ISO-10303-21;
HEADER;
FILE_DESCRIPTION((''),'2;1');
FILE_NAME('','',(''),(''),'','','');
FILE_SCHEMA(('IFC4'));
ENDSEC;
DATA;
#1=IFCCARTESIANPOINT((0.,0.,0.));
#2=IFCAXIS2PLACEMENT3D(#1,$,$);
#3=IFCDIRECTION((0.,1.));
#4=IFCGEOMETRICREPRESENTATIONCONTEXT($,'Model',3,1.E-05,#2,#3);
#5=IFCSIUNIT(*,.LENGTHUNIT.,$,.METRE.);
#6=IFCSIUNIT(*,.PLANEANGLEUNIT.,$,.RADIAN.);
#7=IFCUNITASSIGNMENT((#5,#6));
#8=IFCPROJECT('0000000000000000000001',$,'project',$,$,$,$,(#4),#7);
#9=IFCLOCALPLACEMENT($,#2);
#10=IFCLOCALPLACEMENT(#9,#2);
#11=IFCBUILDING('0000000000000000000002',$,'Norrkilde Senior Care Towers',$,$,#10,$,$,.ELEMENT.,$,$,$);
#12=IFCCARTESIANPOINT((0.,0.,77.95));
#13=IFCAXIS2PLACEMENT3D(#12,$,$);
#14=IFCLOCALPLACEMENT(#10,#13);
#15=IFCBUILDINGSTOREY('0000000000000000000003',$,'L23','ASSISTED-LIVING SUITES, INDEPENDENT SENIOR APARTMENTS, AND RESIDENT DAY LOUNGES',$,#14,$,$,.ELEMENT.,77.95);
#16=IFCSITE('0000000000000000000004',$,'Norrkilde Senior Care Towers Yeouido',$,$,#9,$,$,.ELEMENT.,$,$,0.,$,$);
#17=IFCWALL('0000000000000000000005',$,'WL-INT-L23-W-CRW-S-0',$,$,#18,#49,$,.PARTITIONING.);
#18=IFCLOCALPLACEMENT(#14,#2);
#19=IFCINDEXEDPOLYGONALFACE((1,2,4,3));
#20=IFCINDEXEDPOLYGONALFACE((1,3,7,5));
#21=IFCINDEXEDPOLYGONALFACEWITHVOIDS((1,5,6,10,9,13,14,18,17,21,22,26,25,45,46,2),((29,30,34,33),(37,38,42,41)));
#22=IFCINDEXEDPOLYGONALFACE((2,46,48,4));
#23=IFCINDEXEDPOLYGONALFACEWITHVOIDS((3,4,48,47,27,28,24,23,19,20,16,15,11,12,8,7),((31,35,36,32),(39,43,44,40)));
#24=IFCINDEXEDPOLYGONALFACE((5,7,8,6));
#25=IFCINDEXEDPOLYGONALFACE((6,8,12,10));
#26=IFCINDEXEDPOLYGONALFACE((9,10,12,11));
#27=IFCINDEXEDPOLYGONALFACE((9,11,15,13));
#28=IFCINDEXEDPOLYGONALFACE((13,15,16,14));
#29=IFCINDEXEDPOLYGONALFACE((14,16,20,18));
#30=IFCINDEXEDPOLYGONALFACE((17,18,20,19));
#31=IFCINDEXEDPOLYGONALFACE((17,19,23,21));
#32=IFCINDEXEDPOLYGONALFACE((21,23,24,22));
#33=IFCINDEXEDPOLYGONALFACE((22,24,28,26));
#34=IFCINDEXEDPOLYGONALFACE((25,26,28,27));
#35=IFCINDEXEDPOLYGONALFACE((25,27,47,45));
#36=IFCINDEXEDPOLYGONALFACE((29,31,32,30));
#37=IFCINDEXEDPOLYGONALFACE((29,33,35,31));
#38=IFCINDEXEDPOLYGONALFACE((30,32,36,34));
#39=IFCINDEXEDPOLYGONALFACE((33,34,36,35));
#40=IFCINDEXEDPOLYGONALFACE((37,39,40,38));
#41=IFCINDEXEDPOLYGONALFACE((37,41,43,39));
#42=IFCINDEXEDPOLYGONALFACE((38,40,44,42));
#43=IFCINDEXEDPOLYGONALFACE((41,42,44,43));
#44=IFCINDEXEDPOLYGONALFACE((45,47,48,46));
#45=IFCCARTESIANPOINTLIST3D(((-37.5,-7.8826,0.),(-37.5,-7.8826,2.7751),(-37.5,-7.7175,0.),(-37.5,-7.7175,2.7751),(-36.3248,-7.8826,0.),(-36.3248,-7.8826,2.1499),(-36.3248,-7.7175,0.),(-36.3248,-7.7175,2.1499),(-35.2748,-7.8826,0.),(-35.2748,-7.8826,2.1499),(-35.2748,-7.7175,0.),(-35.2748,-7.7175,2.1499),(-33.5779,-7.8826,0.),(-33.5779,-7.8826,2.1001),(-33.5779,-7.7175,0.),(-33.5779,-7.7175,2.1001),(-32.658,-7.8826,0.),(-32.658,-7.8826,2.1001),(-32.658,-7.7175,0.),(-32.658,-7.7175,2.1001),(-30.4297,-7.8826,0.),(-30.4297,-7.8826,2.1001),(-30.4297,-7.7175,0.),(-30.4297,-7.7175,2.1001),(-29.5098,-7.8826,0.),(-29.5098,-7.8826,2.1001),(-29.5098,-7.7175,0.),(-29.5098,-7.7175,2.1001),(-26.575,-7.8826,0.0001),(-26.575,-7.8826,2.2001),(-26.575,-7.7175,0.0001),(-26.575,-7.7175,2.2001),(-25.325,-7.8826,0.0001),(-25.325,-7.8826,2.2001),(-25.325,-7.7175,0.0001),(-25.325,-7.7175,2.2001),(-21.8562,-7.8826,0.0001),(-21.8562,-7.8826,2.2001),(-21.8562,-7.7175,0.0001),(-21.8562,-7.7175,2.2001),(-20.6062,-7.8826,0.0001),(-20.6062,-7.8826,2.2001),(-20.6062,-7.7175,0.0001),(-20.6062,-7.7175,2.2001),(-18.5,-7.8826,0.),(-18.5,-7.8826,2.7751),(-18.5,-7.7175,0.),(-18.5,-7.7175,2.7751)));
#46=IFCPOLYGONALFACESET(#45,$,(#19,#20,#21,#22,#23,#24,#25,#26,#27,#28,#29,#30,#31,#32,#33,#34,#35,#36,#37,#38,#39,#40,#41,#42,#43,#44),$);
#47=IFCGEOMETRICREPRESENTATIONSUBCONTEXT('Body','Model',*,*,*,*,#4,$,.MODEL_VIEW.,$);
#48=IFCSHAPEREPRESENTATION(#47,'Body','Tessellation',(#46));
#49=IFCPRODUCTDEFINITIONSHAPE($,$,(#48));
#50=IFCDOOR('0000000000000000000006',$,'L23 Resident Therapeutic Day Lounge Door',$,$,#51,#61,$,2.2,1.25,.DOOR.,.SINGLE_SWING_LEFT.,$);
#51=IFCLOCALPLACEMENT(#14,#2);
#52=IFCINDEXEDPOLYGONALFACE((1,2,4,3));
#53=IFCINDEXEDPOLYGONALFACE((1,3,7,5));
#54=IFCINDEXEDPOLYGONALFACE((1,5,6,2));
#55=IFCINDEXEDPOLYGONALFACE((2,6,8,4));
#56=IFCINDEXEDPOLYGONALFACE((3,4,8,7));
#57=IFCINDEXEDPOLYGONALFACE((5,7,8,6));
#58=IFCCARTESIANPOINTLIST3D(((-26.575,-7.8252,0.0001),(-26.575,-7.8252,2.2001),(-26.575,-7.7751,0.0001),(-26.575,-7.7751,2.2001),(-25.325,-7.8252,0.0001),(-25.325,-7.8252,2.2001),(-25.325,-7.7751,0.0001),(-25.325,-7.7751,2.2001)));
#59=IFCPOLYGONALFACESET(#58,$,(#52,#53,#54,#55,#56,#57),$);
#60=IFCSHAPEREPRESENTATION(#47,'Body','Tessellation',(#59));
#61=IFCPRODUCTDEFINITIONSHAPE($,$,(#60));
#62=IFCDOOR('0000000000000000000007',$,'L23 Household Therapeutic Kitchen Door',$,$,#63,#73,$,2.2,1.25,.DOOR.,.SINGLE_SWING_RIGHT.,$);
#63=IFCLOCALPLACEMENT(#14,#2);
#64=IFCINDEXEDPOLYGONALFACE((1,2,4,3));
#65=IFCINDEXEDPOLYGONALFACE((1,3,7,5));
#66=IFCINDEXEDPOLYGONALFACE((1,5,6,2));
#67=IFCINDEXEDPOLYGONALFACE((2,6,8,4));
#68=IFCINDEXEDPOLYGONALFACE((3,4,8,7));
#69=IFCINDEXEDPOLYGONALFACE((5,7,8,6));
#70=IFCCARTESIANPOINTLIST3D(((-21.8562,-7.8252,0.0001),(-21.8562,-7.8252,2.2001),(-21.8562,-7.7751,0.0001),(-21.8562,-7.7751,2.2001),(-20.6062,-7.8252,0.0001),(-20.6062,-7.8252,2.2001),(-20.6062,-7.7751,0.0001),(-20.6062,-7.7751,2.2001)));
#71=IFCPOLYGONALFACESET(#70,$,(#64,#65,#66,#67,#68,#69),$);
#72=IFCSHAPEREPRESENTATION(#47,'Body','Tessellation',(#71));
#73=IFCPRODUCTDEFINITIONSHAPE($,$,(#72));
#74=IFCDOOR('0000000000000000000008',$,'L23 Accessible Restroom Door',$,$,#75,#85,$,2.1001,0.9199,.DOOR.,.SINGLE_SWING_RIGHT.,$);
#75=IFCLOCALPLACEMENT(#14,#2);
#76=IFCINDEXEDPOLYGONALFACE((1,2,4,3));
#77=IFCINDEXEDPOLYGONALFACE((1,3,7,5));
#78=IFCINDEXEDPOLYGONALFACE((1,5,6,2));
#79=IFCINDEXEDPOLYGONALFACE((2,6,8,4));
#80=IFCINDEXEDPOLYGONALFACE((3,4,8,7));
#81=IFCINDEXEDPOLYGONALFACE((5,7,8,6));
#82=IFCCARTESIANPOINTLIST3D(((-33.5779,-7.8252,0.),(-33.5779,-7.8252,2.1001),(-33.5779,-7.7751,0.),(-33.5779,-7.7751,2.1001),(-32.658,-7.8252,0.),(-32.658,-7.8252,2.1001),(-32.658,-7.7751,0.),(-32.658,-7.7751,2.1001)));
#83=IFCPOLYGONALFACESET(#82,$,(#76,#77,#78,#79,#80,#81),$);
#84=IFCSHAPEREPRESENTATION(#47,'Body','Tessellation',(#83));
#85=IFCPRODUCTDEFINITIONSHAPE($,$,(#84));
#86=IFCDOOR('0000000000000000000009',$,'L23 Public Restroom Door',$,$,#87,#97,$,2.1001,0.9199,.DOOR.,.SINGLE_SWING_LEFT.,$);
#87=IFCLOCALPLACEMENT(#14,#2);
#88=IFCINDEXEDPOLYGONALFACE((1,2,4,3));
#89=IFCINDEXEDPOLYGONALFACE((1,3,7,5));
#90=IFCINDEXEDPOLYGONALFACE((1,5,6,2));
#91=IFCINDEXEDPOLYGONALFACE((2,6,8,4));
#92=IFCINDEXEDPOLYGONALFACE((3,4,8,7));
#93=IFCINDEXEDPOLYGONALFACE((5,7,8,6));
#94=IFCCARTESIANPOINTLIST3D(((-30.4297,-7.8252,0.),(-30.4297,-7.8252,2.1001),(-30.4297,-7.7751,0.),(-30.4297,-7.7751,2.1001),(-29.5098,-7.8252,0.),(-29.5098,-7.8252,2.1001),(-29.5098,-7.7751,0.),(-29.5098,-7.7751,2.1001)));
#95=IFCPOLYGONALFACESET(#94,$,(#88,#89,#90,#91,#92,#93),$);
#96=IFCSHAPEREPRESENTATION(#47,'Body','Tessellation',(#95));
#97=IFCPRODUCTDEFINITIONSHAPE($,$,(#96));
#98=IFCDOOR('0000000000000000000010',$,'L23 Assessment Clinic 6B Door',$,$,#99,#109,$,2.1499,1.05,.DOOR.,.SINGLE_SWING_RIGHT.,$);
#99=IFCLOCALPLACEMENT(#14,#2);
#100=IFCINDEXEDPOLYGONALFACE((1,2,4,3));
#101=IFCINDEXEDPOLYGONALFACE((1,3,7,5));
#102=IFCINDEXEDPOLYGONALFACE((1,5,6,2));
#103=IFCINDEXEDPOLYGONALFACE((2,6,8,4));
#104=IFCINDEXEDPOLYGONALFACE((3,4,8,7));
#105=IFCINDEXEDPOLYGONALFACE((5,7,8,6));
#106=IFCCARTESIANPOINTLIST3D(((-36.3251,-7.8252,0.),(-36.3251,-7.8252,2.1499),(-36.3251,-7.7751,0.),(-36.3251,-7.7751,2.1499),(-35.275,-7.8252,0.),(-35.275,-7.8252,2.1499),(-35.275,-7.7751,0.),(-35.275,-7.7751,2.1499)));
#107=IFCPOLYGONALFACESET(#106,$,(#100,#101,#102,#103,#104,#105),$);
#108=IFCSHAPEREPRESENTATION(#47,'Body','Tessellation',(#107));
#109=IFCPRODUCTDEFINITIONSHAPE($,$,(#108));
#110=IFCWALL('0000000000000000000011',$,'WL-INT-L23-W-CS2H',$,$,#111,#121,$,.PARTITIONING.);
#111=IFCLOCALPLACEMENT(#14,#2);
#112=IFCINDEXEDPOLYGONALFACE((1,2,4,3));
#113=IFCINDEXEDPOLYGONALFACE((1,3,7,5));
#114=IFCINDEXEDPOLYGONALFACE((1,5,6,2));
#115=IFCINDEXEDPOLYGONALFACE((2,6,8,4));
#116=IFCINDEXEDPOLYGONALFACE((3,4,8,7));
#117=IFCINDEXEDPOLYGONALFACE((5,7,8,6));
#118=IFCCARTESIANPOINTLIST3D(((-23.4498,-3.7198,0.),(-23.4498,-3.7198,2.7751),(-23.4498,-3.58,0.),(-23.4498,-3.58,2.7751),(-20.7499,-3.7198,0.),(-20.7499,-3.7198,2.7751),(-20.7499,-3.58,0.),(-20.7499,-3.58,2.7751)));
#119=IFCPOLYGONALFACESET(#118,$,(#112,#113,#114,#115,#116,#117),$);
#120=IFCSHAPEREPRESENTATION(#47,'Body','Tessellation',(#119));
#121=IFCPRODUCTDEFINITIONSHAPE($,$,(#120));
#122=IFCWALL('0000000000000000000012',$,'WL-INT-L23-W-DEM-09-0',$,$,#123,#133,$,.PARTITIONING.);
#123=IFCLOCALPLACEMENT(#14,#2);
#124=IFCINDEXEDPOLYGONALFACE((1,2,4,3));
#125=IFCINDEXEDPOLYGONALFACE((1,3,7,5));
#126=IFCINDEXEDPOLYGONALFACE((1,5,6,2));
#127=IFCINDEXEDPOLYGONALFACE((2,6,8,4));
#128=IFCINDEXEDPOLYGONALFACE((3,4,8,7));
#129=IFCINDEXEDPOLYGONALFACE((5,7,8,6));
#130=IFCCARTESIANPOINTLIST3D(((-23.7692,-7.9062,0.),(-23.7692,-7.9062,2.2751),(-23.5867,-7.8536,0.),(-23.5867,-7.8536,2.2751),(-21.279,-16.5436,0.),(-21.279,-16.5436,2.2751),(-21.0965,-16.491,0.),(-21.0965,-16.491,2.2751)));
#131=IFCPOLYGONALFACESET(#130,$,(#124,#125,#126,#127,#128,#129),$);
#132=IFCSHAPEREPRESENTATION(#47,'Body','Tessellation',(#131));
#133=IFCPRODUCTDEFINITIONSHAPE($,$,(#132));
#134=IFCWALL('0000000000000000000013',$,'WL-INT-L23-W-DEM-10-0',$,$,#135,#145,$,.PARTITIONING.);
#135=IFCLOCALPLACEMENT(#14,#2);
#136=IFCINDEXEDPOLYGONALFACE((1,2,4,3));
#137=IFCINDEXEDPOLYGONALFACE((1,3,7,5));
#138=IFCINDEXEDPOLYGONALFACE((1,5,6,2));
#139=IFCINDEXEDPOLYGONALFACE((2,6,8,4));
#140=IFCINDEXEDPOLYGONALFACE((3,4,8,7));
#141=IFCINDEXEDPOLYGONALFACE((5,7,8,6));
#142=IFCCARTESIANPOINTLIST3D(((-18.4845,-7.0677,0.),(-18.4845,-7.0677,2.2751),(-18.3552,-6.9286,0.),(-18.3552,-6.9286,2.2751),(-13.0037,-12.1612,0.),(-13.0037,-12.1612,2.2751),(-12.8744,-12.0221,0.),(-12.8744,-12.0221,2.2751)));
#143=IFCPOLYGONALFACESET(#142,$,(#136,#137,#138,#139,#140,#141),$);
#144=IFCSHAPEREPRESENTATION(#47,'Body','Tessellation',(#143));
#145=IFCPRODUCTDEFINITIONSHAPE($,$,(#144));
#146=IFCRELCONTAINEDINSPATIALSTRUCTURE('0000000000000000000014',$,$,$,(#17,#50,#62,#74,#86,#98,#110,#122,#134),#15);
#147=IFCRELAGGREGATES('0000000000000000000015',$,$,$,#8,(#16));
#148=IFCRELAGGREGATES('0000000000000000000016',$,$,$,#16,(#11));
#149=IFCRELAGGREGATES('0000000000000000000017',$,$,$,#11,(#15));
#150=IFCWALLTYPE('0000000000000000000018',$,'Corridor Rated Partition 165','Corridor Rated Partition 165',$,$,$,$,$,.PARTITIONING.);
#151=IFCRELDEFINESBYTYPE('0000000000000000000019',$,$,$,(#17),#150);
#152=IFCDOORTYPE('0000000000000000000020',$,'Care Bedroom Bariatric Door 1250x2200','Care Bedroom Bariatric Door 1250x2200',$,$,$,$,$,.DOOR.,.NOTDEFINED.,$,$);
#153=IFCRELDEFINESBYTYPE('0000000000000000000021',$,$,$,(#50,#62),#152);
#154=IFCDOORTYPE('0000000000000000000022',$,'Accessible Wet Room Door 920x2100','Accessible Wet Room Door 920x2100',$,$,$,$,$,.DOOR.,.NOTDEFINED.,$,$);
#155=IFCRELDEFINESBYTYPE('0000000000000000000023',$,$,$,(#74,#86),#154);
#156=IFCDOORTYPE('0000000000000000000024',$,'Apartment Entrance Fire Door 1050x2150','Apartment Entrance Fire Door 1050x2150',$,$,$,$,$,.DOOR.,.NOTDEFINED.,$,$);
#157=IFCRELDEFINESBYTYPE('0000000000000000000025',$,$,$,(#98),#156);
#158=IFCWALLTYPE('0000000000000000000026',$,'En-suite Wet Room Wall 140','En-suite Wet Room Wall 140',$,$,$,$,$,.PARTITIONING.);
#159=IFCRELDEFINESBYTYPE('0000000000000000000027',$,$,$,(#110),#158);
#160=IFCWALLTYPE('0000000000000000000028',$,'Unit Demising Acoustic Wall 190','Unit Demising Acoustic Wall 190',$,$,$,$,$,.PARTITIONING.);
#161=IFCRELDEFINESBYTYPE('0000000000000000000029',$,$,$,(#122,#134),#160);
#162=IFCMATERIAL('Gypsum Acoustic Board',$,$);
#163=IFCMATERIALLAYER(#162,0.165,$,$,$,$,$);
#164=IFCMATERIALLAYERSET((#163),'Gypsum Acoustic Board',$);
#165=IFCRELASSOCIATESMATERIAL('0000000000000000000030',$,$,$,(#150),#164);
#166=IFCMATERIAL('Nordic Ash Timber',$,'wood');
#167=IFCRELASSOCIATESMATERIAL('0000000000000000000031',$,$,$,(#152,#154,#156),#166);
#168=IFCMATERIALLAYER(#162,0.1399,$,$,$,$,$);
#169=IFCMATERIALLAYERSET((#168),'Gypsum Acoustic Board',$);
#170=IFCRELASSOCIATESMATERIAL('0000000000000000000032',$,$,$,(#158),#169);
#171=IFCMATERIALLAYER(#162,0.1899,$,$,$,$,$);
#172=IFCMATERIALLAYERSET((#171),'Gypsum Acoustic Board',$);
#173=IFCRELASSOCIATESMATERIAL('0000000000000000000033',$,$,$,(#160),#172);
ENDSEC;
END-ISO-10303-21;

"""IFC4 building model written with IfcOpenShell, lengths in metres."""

from ifc_helpers import new_model, si_unit, direction, frame, frame_2d, origin, place, context, subcontext, project, spatial, rectangle, extrude, source, transform, mapped, material, layer, layer_set, type_object, type_shapes, element, fill, save


model = new_model("IFC4")

# Units and contexts
model_context = context("Model", 3, precision=1e-05, world=origin(), true_north=direction((0.0, 1.0)))
body_context = subcontext(model_context, "Body", "Model", "MODEL_VIEW")
ifc_project = project(units=[si_unit("LENGTHUNIT", "METRE"), si_unit("PLANEANGLEUNIT", "RADIAN")], contexts=[model_context])

# Site, building, storey
site_placement = place(None, origin())
site = spatial("IfcSite", under=ifc_project, at=site_placement, Name="Norrkilde Senior Care Towers Yeouido", CompositionType="ELEMENT", RefElevation=0.0)
building_placement = place(site_placement, origin())
building = spatial("IfcBuilding", under=site, at=building_placement, Name="Norrkilde Senior Care Towers", CompositionType="ELEMENT")
storey_placement = place(building_placement, frame((0.0, 0.0, 77.95)))
storey = spatial("IfcBuildingStorey", under=building, at=storey_placement, Name="L23", Description="ASSISTED-LIVING SUITES, INDEPENDENT SENIOR APARTMENTS, AND RESIDENT DAY LOUNGES", CompositionType="ELEMENT", Elevation=77.95)

# Shared definitions
ifc_material_1 = material(Name="Gypsum Acoustic Board")
ifc_layer_1 = layer(ifc_material_1, 0.165)
ifc_layer_set_1 = layer_set([ifc_layer_1], Name="Gypsum Acoustic Board")
wall_type_1 = type_object("IfcWallType", Name="Corridor Rated Partition 165", Description="Corridor Rated Partition 165", PredefinedType="PARTITIONING", material=ifc_layer_set_1)

# Wall, openings, doors
shared_shape_1 = source(origin(), body_context, "Body", "SweptSolid", [
    extrude(rectangle(XDim=19.0, YDim=0.165, at=frame_2d((9.5, 0.0))), origin(), (0.0, 0.0, 1.0), 2.7751),
])
wall_1_placement = place(storey_placement, frame((-18.5, -7.8, 0.0), z_axis=(0.0, 0.0, 1.0), x_axis=(-1.0, 0.0, 0.0)))
wall_1 = element("IfcWall", 1, at=wall_1_placement, inside=storey, type_object=wall_type_1, Name="WL-INT-L23-W-CRW-S-0", PredefinedType="PARTITIONING", context=body_context, shape_type="MappedRepresentation", body=[
    mapped(shared_shape_1, transform((0.0, 0.0, 0.0), x_axis=(1.0, 0.0, 0.0), y_axis=(0.0, 1.0, 0.0), z_axis=(0.0, 0.0, 1.0), scale=1.0)),
])
opening_1_placement = place(wall_1_placement, frame((14.158, 0.0, 0.0)))
opening_1 = element("IfcOpeningElement", 2, at=opening_1_placement, cuts=wall_1, PredefinedType="OPENING", context=body_context, shape_type="SweptSolid", body=[
    extrude(rectangle(XDim=0.9199, YDim=2.1001, at=frame_2d((0.46, 1.05))), frame((0.0, 0.0925, 0.0), z_axis=(0.0, -1.0, 0.0), x_axis=(1.0, 0.0, 0.0)), (0.0, 0.0, 1.0), 0.1851),
])
opening_2_placement = place(wall_1_placement, frame((11.0098, 0.0, 0.0)))
opening_2 = element("IfcOpeningElement", 3, at=opening_2_placement, cuts=wall_1, PredefinedType="OPENING", context=body_context, shape_type="SweptSolid", body=[
    extrude(rectangle(XDim=0.9199, YDim=2.1001, at=frame_2d((0.46, 1.05))), frame((0.0, 0.0925, 0.0), z_axis=(0.0, -1.0, 0.0), x_axis=(1.0, 0.0, 0.0)), (0.0, 0.0, 1.0), 0.1851),
])
opening_3_placement = place(wall_1_placement, frame((6.825, 0.0, 0.0)))
opening_3 = element("IfcOpeningElement", 4, at=opening_3_placement, cuts=wall_1, PredefinedType="OPENING", context=body_context, shape_type="SweptSolid", body=[
    extrude(rectangle(XDim=1.25, YDim=2.2, at=frame_2d((0.625, 1.1001))), frame((0.0, 0.0925, 0.0), z_axis=(0.0, -1.0, 0.0), x_axis=(1.0, 0.0, 0.0)), (0.0, 0.0, 1.0), 0.1851),
])
opening_4_placement = place(wall_1_placement, frame((2.1062, 0.0, 0.0)))
opening_4 = element("IfcOpeningElement", 5, at=opening_4_placement, cuts=wall_1, PredefinedType="OPENING", context=body_context, shape_type="SweptSolid", body=[
    extrude(rectangle(XDim=1.25, YDim=2.2, at=frame_2d((0.625, 1.1001))), frame((0.0, 0.0925, 0.0), z_axis=(0.0, -1.0, 0.0), x_axis=(1.0, 0.0, 0.0)), (0.0, 0.0, 1.0), 0.1851),
])
opening_5_placement = place(wall_1_placement, frame((16.7749, 0.0, 0.0)))
opening_5 = element("IfcOpeningElement", 6, at=opening_5_placement, cuts=wall_1, PredefinedType="OPENING", context=body_context, shape_type="SweptSolid", body=[
    extrude(rectangle(XDim=1.05, YDim=2.1499, at=frame_2d((0.5249, 1.075))), frame((0.0, 0.0925, 0.0), z_axis=(0.0, -1.0, 0.0), x_axis=(1.0, 0.0, 0.0)), (0.0, 0.0, 1.0), 0.1851),
])
ifc_material_2 = material(Name="Nordic Ash Timber", Category="wood")
door_type_1 = type_object("IfcDoorType", Name="Care Bedroom Bariatric Door 1250x2200", Description="Care Bedroom Bariatric Door 1250x2200", OperationType="NOTDEFINED", PredefinedType="DOOR", material=ifc_material_2)
shared_shape_2 = source(origin(), body_context, "Body", "SweptSolid", [
    extrude(rectangle(XDim=1.25, YDim=2.2, at=frame_2d((0.625, 1.1001))), frame((0.0, 0.0249, 0.0), z_axis=(0.0, -1.0, 0.0), x_axis=(1.0, 0.0, 0.0)), (0.0, 0.0, 1.0), 0.05),
])
type_shapes(door_type_1, [shared_shape_2])
door_1_placement = place(opening_3_placement, frame((1.25, 0.0, 0.0), z_axis=(0.0, 0.0, 1.0), x_axis=(-1.0, 0.0, 0.0)))
door_1 = element("IfcDoor", 7, at=door_1_placement, inside=storey, type_object=door_type_1, Name="L23 Resident Therapeutic Day Lounge Door", OperationType="SINGLE_SWING_LEFT", OverallHeight=2.2, OverallWidth=1.25, PredefinedType="DOOR", context=body_context, shape_type="MappedRepresentation", body=[
    mapped(shared_shape_2, transform((0.0, 0.0, 0.0), x_axis=(1.0, 0.0, 0.0), y_axis=(0.0, 1.0, 0.0), z_axis=(0.0, 0.0, 1.0), scale=1.0)),
])
fill(opening_3, door_1)
door_2_placement = place(opening_4_placement, frame((1.25, 0.0, 0.0), z_axis=(0.0, 0.0, 1.0), x_axis=(-1.0, 0.0, 0.0)))
door_2 = element("IfcDoor", 8, at=door_2_placement, inside=storey, type_object=door_type_1, Name="L23 Household Therapeutic Kitchen Door", OperationType="SINGLE_SWING_RIGHT", OverallHeight=2.2, OverallWidth=1.25, PredefinedType="DOOR", context=body_context, shape_type="MappedRepresentation", body=[
    mapped(shared_shape_2, transform((0.0, 0.0, 0.0), x_axis=(1.0, 0.0, 0.0), y_axis=(0.0, 1.0, 0.0), z_axis=(0.0, 0.0, 1.0), scale=1.0)),
])
fill(opening_4, door_2)
door_type_2 = type_object("IfcDoorType", Name="Accessible Wet Room Door 920x2100", Description="Accessible Wet Room Door 920x2100", OperationType="NOTDEFINED", PredefinedType="DOOR", material=ifc_material_2)
shared_shape_3 = source(origin(), body_context, "Body", "SweptSolid", [
    extrude(rectangle(XDim=0.9199, YDim=2.1001, at=frame_2d((0.46, 1.05))), frame((0.0, 0.0249, 0.0), z_axis=(0.0, -1.0, 0.0), x_axis=(1.0, 0.0, 0.0)), (0.0, 0.0, 1.0), 0.05),
])
type_shapes(door_type_2, [shared_shape_3])
door_3_placement = place(opening_1_placement, frame((0.9199, 0.0, 0.0), z_axis=(0.0, 0.0, 1.0), x_axis=(-1.0, 0.0, 0.0)))
door_3 = element("IfcDoor", 9, at=door_3_placement, inside=storey, type_object=door_type_2, Name="L23 Accessible Restroom Door", OperationType="SINGLE_SWING_RIGHT", OverallHeight=2.1001, OverallWidth=0.9199, PredefinedType="DOOR", context=body_context, shape_type="MappedRepresentation", body=[
    mapped(shared_shape_3, transform((0.0, 0.0, 0.0), x_axis=(1.0, 0.0, 0.0), y_axis=(0.0, 1.0, 0.0), z_axis=(0.0, 0.0, 1.0), scale=1.0)),
])
fill(opening_1, door_3)
door_4_placement = place(opening_2_placement, frame((0.9199, 0.0, 0.0), z_axis=(0.0, 0.0, 1.0), x_axis=(-1.0, 0.0, 0.0)))
door_4 = element("IfcDoor", 10, at=door_4_placement, inside=storey, type_object=door_type_2, Name="L23 Public Restroom Door", OperationType="SINGLE_SWING_LEFT", OverallHeight=2.1001, OverallWidth=0.9199, PredefinedType="DOOR", context=body_context, shape_type="MappedRepresentation", body=[
    mapped(shared_shape_3, transform((0.0, 0.0, 0.0), x_axis=(1.0, 0.0, 0.0), y_axis=(0.0, 1.0, 0.0), z_axis=(0.0, 0.0, 1.0), scale=1.0)),
])
fill(opening_2, door_4)
door_type_3 = type_object("IfcDoorType", Name="Apartment Entrance Fire Door 1050x2150", Description="Apartment Entrance Fire Door 1050x2150", OperationType="NOTDEFINED", PredefinedType="DOOR", material=ifc_material_2)
shared_shape_4 = source(origin(), body_context, "Body", "SweptSolid", [
    extrude(rectangle(XDim=1.05, YDim=2.1499, at=frame_2d((0.5249, 1.075))), frame((0.0, 0.0249, 0.0), z_axis=(0.0, -1.0, 0.0), x_axis=(1.0, 0.0, 0.0)), (0.0, 0.0, 1.0), 0.05),
])
type_shapes(door_type_3, [shared_shape_4])
door_5_placement = place(opening_5_placement, frame((1.05, 0.0, 0.0), z_axis=(0.0, 0.0, 1.0), x_axis=(-1.0, 0.0, 0.0)))
door_5 = element("IfcDoor", 11, at=door_5_placement, inside=storey, type_object=door_type_3, Name="L23 Assessment Clinic 6B Door", OperationType="SINGLE_SWING_RIGHT", OverallHeight=2.1499, OverallWidth=1.05, PredefinedType="DOOR", context=body_context, shape_type="MappedRepresentation", body=[
    mapped(shared_shape_4, transform((0.0, 0.0, 0.0), x_axis=(1.0, 0.0, 0.0), y_axis=(0.0, 1.0, 0.0), z_axis=(0.0, 0.0, 1.0), scale=1.0)),
])
fill(opening_5, door_5)

# Walls
ifc_layer_2 = layer(ifc_material_1, 0.1399)
ifc_layer_set_2 = layer_set([ifc_layer_2], Name="Gypsum Acoustic Board")
wall_type_2 = type_object("IfcWallType", Name="En-suite Wet Room Wall 140", Description="En-suite Wet Room Wall 140", PredefinedType="PARTITIONING", material=ifc_layer_set_2)
shared_shape_5 = source(origin(), body_context, "Body", "SweptSolid", [
    extrude(rectangle(XDim=2.7, YDim=0.1399, at=frame_2d((1.3501, 0.0))), origin(), (0.0, 0.0, 1.0), 2.7751),
])
type_shapes(wall_type_2, [shared_shape_5])
wall_2_placement = place(storey_placement, frame((-23.45, -3.6499, 0.0), z_axis=(0.0, 0.0, 1.0), x_axis=(1.0, 0.0, 0.0)))
element("IfcWall", 12, at=wall_2_placement, inside=storey, type_object=wall_type_2, Name="WL-INT-L23-W-CS2H", PredefinedType="PARTITIONING", context=body_context, shape_type="MappedRepresentation", body=[
    mapped(shared_shape_5, transform((0.0, 0.0, 0.0), x_axis=(1.0, 0.0, 0.0), y_axis=(0.0, 1.0, 0.0), z_axis=(0.0, 0.0, 1.0), scale=1.0)),
])
ifc_layer_3 = layer(ifc_material_1, 0.1899)
ifc_layer_set_3 = layer_set([ifc_layer_3], Name="Gypsum Acoustic Board")
wall_type_3 = type_object("IfcWallType", Name="Unit Demising Acoustic Wall 190", Description="Unit Demising Acoustic Wall 190", PredefinedType="PARTITIONING", material=ifc_layer_set_3)
shared_shape_6 = source(origin(), body_context, "Body", "SweptSolid", [
    extrude(rectangle(XDim=8.9893, YDim=0.1899, at=frame_2d((4.4946, 0.0))), origin(), (0.0, 0.0, 1.0), 2.2751),
])
wall_3_placement = place(storey_placement, frame((-23.678, -7.8799, 0.0), z_axis=(0.0, 0.0, 1.0), x_axis=(0.277023, -0.960863, 0.0)))
element("IfcWall", 13, at=wall_3_placement, inside=storey, type_object=wall_type_3, Name="WL-INT-L23-W-DEM-09-0", PredefinedType="PARTITIONING", context=body_context, shape_type="MappedRepresentation", body=[
    mapped(shared_shape_6, transform((0.0, 0.0, 0.0), x_axis=(1.0, 0.0, 0.0), y_axis=(0.0, 1.0, 0.0), z_axis=(0.0, 0.0, 1.0), scale=1.0)),
])
shared_shape_7 = source(origin(), body_context, "Body", "SweptSolid", [
    extrude(rectangle(XDim=7.4822, YDim=0.1899, at=frame_2d((3.7412, 0.0))), origin(), (0.0, 0.0, 1.0), 2.2751),
])
wall_4_placement = place(storey_placement, frame((-18.4199, -6.998, 0.0), z_axis=(0.0, 0.0, 1.0), x_axis=(0.732509, -0.680758, 0.0)))
element("IfcWall", 14, at=wall_4_placement, inside=storey, type_object=wall_type_3, Name="WL-INT-L23-W-DEM-10-0", PredefinedType="PARTITIONING", context=body_context, shape_type="MappedRepresentation", body=[
    mapped(shared_shape_7, transform((0.0, 0.0, 0.0), x_axis=(1.0, 0.0, 0.0), y_axis=(0.0, 1.0, 0.0), z_axis=(0.0, 0.0, 1.0), scale=1.0)),
])

save(model, "model.ifc")
